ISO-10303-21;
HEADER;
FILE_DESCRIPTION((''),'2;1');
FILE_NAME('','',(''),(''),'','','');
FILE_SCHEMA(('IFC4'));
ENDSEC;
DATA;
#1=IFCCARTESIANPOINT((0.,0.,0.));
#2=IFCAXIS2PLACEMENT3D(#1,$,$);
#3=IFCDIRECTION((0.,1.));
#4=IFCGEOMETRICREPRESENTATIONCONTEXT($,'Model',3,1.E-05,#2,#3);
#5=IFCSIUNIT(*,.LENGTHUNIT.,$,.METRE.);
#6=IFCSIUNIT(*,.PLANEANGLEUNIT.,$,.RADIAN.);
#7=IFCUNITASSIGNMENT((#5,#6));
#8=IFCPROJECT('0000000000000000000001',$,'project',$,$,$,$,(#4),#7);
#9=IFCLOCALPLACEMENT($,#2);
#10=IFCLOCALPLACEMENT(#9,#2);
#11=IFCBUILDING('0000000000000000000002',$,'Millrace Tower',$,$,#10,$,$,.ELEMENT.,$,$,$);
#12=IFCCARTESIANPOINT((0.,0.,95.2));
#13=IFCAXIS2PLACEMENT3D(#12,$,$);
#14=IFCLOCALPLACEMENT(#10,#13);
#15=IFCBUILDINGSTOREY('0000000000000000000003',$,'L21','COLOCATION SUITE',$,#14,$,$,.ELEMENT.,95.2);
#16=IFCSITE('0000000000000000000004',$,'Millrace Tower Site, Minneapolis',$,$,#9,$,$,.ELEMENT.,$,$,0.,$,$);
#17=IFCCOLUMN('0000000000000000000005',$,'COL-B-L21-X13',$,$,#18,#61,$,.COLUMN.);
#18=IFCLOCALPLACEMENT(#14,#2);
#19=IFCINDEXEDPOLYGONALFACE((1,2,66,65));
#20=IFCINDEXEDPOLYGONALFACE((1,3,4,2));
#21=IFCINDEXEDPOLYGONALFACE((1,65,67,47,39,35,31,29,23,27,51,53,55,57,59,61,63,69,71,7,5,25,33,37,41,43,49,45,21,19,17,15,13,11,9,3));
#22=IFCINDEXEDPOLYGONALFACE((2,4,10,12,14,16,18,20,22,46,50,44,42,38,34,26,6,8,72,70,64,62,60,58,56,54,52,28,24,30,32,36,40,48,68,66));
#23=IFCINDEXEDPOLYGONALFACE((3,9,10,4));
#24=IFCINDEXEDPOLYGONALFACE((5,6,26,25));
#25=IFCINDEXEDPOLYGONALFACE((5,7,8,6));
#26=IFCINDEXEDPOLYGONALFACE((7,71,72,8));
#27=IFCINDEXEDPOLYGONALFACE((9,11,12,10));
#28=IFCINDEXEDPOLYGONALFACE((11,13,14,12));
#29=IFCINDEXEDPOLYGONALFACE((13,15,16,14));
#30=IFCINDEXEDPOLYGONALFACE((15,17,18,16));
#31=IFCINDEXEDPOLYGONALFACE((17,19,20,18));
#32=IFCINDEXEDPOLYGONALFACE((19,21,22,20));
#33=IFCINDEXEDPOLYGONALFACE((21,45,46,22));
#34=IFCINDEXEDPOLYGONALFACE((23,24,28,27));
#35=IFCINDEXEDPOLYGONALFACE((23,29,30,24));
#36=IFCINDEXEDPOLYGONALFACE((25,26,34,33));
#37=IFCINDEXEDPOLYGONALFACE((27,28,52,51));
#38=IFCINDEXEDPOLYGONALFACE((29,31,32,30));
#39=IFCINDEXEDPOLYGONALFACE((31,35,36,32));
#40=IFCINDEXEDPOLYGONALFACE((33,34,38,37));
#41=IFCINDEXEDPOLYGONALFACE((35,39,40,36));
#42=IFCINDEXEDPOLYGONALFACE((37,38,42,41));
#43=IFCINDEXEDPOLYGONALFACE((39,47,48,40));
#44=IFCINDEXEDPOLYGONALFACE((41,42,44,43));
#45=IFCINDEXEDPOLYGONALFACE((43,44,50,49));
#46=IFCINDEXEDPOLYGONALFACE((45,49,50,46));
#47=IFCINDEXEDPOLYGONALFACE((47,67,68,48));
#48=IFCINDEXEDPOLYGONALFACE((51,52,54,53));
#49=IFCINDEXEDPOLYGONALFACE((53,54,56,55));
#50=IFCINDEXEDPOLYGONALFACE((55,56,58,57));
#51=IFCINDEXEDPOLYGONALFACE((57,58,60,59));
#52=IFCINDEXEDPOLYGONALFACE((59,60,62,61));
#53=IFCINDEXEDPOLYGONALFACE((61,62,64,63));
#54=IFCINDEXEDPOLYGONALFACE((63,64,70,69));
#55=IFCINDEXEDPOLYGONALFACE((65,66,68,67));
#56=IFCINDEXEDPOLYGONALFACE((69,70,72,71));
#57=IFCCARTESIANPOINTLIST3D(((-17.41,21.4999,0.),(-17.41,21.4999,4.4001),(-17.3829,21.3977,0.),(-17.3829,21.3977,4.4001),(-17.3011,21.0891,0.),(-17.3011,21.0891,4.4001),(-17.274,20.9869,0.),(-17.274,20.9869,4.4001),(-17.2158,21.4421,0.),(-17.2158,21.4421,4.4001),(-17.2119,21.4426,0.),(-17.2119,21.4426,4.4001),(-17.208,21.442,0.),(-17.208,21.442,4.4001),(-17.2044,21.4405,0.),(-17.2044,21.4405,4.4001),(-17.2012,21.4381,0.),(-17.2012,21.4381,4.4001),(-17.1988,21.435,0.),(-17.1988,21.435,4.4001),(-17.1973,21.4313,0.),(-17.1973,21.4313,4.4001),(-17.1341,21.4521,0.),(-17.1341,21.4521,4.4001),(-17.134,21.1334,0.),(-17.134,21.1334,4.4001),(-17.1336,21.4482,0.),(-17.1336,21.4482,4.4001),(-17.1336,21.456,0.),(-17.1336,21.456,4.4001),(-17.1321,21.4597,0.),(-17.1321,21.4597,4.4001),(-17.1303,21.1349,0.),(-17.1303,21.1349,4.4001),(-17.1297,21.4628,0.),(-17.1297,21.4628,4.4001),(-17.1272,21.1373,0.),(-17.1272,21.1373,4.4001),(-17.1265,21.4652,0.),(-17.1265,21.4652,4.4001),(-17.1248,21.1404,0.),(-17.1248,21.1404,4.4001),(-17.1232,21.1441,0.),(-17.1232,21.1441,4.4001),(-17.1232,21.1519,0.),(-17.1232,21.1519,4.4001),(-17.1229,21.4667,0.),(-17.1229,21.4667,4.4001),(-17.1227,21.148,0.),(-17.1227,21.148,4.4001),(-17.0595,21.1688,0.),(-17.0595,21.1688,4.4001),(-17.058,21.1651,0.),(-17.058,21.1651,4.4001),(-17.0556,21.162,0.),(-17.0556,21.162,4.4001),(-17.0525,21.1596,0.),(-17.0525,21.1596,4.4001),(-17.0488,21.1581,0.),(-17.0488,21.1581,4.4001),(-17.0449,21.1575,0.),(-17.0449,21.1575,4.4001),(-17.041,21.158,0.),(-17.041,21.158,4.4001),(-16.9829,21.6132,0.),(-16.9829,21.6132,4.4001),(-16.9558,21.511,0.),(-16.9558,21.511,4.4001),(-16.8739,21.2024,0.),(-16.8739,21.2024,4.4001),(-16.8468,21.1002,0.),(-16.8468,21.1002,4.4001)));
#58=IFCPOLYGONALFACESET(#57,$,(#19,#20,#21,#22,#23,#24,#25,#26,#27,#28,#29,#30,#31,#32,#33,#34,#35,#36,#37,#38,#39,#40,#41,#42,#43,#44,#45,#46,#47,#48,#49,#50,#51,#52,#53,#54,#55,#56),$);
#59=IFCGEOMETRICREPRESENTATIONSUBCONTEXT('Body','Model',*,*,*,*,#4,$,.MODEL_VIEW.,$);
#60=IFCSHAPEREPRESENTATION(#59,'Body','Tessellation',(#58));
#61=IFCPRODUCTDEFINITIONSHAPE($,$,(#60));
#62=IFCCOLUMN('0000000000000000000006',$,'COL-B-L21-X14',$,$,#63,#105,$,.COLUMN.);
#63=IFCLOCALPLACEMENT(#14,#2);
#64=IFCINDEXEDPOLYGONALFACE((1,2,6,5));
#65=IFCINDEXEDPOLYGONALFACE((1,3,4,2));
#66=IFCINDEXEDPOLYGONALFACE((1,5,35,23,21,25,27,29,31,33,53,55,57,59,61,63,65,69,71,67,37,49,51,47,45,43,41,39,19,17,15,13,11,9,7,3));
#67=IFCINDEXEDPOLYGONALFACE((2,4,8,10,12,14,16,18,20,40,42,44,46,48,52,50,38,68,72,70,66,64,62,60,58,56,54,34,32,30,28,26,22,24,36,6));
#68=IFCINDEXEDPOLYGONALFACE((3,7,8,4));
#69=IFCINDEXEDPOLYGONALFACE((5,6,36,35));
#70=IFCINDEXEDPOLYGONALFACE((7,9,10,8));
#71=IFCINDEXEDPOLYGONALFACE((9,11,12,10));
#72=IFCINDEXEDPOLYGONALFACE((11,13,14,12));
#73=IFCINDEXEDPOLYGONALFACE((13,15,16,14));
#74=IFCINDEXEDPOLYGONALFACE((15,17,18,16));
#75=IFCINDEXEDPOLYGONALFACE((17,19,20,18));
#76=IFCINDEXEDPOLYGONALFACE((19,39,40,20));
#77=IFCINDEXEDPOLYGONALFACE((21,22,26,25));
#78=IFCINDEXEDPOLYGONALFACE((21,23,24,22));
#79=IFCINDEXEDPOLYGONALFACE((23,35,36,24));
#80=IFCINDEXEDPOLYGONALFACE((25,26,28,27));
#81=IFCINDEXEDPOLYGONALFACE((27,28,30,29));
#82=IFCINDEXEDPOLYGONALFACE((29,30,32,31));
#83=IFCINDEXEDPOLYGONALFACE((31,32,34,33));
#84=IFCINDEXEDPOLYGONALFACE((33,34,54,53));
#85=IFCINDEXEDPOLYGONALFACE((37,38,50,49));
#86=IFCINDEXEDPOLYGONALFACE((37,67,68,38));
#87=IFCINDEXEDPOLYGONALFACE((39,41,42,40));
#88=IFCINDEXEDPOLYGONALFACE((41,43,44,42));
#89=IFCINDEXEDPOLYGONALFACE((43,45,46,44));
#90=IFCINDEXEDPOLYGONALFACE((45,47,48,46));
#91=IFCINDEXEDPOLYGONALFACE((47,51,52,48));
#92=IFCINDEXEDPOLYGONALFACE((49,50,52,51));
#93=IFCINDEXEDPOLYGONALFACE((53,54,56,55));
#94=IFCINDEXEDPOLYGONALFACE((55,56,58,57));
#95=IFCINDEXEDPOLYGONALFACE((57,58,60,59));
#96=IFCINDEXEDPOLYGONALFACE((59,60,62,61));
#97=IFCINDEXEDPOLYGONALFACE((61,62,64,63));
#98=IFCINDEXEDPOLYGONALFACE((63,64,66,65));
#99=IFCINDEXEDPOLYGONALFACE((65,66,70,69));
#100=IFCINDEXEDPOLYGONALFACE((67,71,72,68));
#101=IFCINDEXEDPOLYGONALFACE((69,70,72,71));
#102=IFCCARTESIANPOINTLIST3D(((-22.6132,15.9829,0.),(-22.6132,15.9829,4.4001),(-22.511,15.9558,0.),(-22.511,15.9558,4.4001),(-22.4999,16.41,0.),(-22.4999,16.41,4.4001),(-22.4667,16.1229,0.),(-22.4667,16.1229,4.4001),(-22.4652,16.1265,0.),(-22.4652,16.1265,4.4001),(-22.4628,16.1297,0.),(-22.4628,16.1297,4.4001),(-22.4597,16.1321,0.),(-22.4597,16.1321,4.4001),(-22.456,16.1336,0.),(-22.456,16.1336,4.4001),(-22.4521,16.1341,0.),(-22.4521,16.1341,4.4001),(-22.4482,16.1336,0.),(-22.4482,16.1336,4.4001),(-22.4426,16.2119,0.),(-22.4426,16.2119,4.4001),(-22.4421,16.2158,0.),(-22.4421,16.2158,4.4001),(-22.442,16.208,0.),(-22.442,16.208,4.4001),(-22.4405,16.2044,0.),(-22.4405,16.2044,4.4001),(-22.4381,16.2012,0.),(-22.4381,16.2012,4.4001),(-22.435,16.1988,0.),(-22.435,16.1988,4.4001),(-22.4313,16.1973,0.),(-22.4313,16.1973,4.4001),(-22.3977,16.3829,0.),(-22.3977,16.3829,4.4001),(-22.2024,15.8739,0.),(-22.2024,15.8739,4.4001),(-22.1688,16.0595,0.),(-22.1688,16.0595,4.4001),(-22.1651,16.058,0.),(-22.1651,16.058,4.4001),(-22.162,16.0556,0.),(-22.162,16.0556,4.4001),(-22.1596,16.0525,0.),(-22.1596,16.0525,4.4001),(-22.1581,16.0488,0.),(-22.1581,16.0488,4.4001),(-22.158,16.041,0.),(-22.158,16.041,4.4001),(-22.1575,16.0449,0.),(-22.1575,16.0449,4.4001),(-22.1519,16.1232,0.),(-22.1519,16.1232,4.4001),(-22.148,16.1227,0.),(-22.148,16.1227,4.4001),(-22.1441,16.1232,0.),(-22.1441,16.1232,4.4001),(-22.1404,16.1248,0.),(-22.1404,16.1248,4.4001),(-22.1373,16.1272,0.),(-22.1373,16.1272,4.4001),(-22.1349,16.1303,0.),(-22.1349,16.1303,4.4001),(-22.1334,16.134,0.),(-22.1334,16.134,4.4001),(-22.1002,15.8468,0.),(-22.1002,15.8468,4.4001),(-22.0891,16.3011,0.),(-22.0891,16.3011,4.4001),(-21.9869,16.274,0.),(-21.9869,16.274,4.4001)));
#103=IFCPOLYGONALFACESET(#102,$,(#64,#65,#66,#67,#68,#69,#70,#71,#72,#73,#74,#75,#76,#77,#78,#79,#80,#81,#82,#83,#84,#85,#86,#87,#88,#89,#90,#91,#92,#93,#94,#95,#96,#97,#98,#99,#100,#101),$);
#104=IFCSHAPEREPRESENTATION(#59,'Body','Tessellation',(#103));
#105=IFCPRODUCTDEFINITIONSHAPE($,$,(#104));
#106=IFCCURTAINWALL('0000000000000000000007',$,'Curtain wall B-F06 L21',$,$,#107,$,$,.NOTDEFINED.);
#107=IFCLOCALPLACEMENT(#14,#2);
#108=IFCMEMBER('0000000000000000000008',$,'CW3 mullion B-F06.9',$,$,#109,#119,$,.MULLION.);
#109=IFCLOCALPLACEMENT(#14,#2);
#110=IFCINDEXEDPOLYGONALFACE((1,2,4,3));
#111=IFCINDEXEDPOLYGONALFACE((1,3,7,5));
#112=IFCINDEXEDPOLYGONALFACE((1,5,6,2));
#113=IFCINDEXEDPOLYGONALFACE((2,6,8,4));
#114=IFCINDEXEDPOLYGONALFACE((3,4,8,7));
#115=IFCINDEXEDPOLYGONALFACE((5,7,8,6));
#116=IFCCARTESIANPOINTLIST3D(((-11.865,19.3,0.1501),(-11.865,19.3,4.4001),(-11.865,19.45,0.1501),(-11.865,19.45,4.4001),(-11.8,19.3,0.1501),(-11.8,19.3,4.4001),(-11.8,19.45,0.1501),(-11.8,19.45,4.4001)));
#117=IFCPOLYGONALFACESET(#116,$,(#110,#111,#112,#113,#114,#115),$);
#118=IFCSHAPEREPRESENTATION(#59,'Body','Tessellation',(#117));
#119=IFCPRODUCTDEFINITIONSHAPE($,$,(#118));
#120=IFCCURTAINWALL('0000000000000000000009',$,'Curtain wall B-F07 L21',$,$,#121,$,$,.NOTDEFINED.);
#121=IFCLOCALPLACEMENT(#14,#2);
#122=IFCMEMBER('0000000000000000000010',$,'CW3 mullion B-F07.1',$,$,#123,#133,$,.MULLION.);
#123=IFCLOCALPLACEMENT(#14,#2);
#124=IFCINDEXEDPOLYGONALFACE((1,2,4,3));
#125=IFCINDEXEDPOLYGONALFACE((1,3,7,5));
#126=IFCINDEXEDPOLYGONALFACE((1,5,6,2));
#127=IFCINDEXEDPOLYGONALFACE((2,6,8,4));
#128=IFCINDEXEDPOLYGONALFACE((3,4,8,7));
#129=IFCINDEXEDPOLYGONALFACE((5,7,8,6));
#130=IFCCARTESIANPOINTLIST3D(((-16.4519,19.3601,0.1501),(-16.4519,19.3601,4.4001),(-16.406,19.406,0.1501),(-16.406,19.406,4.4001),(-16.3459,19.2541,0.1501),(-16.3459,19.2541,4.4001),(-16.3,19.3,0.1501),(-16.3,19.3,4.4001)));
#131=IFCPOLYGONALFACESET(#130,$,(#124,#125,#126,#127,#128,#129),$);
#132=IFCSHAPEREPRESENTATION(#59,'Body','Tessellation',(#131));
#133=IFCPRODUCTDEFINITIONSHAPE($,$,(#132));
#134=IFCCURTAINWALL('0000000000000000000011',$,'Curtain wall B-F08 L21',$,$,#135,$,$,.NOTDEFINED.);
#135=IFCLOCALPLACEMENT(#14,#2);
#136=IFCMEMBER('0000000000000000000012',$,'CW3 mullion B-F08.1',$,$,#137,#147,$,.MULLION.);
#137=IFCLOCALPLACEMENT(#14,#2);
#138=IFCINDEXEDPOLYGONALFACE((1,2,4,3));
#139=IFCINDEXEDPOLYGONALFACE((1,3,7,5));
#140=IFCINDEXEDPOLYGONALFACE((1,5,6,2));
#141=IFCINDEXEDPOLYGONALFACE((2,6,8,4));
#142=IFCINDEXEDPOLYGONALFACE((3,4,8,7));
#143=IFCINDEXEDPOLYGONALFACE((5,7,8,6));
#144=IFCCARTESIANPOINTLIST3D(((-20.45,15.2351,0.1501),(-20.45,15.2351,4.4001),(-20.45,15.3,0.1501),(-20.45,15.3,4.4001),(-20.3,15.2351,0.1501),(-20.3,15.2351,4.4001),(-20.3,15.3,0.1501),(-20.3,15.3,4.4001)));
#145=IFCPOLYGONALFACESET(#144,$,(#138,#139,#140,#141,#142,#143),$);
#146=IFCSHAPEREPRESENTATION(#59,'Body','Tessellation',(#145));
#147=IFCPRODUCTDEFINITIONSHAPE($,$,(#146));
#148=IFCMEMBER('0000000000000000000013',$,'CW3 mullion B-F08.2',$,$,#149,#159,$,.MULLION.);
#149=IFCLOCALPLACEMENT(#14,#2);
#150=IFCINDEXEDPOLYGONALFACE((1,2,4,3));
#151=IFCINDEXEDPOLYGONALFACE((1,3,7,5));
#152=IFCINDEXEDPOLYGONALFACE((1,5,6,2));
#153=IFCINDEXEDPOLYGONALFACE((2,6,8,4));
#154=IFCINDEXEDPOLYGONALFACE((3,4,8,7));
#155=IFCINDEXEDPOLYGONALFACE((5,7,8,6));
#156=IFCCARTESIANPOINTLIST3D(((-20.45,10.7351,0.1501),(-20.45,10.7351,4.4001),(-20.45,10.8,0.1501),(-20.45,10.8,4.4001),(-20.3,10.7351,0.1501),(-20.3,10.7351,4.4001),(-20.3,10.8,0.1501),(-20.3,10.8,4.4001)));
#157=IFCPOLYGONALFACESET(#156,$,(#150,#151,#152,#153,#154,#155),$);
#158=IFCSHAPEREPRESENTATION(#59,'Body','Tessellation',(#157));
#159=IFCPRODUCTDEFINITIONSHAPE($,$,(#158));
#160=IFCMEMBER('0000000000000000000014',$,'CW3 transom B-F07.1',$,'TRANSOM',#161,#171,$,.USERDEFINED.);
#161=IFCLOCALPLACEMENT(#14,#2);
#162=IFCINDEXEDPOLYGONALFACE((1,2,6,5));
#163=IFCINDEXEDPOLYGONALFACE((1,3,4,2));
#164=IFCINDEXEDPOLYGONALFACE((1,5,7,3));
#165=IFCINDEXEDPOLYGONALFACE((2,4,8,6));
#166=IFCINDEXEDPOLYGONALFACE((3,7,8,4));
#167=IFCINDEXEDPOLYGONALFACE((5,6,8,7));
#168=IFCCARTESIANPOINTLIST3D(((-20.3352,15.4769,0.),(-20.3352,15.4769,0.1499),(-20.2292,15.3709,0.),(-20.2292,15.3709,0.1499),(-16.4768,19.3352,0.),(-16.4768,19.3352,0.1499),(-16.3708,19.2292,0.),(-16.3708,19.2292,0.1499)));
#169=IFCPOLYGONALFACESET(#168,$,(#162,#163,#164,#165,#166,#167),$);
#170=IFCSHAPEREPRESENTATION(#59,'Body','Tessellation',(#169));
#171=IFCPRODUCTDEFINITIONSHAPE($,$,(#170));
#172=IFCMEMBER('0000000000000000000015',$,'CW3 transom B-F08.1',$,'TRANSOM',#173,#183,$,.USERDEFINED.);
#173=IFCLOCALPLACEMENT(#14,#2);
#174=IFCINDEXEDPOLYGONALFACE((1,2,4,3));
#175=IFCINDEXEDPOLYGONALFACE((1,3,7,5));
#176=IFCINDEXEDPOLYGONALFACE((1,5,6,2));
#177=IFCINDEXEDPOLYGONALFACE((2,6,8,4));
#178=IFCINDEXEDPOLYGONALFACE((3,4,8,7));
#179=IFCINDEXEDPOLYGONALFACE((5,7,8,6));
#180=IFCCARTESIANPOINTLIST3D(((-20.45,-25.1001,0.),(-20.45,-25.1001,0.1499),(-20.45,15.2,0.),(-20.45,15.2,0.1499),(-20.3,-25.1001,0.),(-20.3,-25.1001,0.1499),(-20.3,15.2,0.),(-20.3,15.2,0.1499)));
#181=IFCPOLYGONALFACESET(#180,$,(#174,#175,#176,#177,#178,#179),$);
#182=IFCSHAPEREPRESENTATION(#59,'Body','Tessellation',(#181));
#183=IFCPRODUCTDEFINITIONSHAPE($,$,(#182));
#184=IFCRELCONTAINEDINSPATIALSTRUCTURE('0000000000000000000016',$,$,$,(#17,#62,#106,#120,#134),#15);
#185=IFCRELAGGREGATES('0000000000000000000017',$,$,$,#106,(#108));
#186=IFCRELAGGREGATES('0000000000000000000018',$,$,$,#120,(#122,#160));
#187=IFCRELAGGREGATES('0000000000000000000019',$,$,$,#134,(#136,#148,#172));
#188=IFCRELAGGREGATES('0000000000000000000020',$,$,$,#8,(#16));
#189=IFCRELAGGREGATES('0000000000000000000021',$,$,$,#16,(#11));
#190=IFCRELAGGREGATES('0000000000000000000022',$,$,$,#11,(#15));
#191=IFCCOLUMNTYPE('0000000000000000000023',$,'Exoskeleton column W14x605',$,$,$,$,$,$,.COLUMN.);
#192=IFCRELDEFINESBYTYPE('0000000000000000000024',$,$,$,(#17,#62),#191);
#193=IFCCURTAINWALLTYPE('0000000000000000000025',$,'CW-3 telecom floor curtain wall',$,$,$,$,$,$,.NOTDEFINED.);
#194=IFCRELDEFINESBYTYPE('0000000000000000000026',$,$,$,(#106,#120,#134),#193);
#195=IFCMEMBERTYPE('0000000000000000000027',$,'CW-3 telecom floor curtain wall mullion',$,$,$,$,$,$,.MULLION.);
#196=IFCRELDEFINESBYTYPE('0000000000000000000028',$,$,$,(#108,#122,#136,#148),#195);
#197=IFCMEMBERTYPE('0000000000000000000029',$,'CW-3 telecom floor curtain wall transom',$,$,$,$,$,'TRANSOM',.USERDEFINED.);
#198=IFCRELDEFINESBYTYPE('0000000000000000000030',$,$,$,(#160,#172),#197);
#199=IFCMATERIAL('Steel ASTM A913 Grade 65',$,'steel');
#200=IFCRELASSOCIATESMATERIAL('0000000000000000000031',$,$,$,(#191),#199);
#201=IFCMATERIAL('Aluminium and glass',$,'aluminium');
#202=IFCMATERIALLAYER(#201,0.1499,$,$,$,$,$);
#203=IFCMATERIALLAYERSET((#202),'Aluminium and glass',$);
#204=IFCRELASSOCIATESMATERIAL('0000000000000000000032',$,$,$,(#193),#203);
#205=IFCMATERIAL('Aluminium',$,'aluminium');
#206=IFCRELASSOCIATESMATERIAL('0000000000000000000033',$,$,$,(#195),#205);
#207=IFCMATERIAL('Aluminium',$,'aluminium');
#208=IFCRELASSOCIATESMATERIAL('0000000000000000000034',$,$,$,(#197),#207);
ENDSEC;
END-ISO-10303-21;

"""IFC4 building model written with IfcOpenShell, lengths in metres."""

from ifc_helpers import new_model, si_unit, direction, frame, origin, origin_2d, place, context, subcontext, project, spatial, rectangle, i_section, extrude, material, layer, layer_set, material_profile, profile_set, type_object, element, aggregate, save


model = new_model("IFC4")

# Units and contexts
model_context = context("Model", 3, precision=1e-05, world=origin(), true_north=direction((0.0, 1.0)))
body_context = subcontext(model_context, "Body", "Model", "MODEL_VIEW")
ifc_project = project(units=[si_unit("LENGTHUNIT", "METRE"), si_unit("PLANEANGLEUNIT", "RADIAN")], contexts=[model_context])

# Site, building, storey
site_placement = place(None, origin())
site = spatial("IfcSite", under=ifc_project, at=site_placement, Name="Millrace Tower Site, Minneapolis", CompositionType="ELEMENT", RefElevation=0.0)
building_placement = place(site_placement, origin())
building = spatial("IfcBuilding", under=site, at=building_placement, Name="Millrace Tower", CompositionType="ELEMENT")
storey_placement = place(building_placement, frame((0.0, 0.0, 95.2)))
storey = spatial("IfcBuildingStorey", under=building, at=storey_placement, Name="L21", Description="COLOCATION SUITE", CompositionType="ELEMENT", Elevation=95.2)

# Columns
ifc_material_1 = material(Name="Steel ASTM A913 Grade 65", Category="steel")
ifc_material_profile_1 = material_profile(ifc_material_1, i_section(OverallWidth=0.4419, OverallDepth=0.5308, WebThickness=0.0659, FlangeThickness=0.1057, FilletRadius=0.0151, at=origin_2d()))
ifc_profile_set_1 = profile_set([ifc_material_profile_1], Name="Steel ASTM A913 Grade 65")
column_type = type_object("IfcColumnType", Name="Exoskeleton column W14x605", PredefinedType="COLUMN", material=ifc_profile_set_1)
for number, where, z_axis, x_axis, name in (
    (1, (-17.1284, 21.3, 0.0), (0.0, 0.0, 1.0), (-0.966585, -0.256347, 0.0), "COL-B-L21-X13"),
    (2, (-22.3, 16.1284, 0.0), (0.0, 0.0, 1.0), (-0.256347, -0.966585, 0.0), "COL-B-L21-X14"),
):
    element("IfcColumn", number, at=place(storey_placement, frame(where, z_axis=z_axis, x_axis=x_axis)), inside=storey, type_object=column_type, Name=name, PredefinedType="COLUMN", context=body_context, shape_type="SweptSolid", body=[
        extrude(i_section(OverallWidth=0.4419, OverallDepth=0.5308, WebThickness=0.0659, FlangeThickness=0.1057, FilletRadius=0.0151, at=origin_2d()), origin(), (0.0, 0.0, 1.0), 4.4001),
    ])

# Curtain walls, members
ifc_material_2 = material(Name="Aluminium and glass", Category="aluminium")
ifc_layer_1 = layer(ifc_material_2, 0.1499)
ifc_layer_set_1 = layer_set([ifc_layer_1], Name="Aluminium and glass")
curtain_wall_type = type_object("IfcCurtainWallType", Name="CW-3 telecom floor curtain wall", PredefinedType="NOTDEFINED", material=ifc_layer_set_1)
placement = place(storey_placement, origin())
curtain_wall_1 = element("IfcCurtainWall", 3, at=placement, inside=storey, type_object=curtain_wall_type, Name="Curtain wall B-F06 L21", PredefinedType="NOTDEFINED")
ifc_material_3 = material(Name="Aluminium", Category="aluminium")
ifc_material_profile_2 = material_profile(ifc_material_3, rectangle(XDim=0.0649, YDim=0.1499, at=origin_2d()))
ifc_profile_set_2 = profile_set([ifc_material_profile_2], Name="Aluminium")
member_type_1 = type_object("IfcMemberType", Name="CW-3 telecom floor curtain wall mullion", PredefinedType="MULLION", material=ifc_profile_set_2)
member_1_placement = place(storey_placement, frame((-11.8325, 19.375, 0.1501), z_axis=(0.0, 0.0, 1.0), x_axis=(-1.0, 0.0, 0.0)))
member_1 = element("IfcMember", 4, at=member_1_placement, type_object=member_type_1, Name="CW3 mullion B-F06.9", PredefinedType="MULLION", context=body_context, shape_type="SweptSolid", body=[
    extrude(rectangle(XDim=0.0649, YDim=0.1499, at=origin_2d()), origin(), (0.0, 0.0, 1.0), 4.25),
])
aggregate(curtain_wall_1, [member_1])
curtain_wall_2 = element("IfcCurtainWall", 5, at=placement, inside=storey, type_object=curtain_wall_type, Name="Curtain wall B-F07 L21", PredefinedType="NOTDEFINED")
member_2_placement = place(storey_placement, frame((-16.376, 19.3301, 0.1501), z_axis=(0.0, 0.0, 1.0), x_axis=(-0.707107, -0.707107, 0.0)))
member_2 = element("IfcMember", 6, at=member_2_placement, type_object=member_type_1, Name="CW3 mullion B-F07.1", PredefinedType="MULLION", context=body_context, shape_type="SweptSolid", body=[
    extrude(rectangle(XDim=0.0649, YDim=0.1499, at=origin_2d()), origin(), (0.0, 0.0, 1.0), 4.25),
])

# Curtain wall, members
curtain_wall_3 = element("IfcCurtainWall", 7, at=placement, inside=storey, type_object=curtain_wall_type, Name="Curtain wall B-F08 L21", PredefinedType="NOTDEFINED")
member_3_placement = place(storey_placement, frame((-20.375, 15.2676, 0.1501), z_axis=(0.0, 0.0, 1.0), x_axis=(0.0, -1.0, 0.0)))
member_3 = element("IfcMember", 8, at=member_3_placement, type_object=member_type_1, Name="CW3 mullion B-F08.1", PredefinedType="MULLION", context=body_context, shape_type="SweptSolid", body=[
    extrude(rectangle(XDim=0.0649, YDim=0.1499, at=origin_2d()), origin(), (0.0, 0.0, 1.0), 4.25),
])
member_4_placement = place(storey_placement, frame((-20.375, 10.7676, 0.1501), z_axis=(0.0, 0.0, 1.0), x_axis=(0.0, -1.0, 0.0)))
member_4 = element("IfcMember", 9, at=member_4_placement, type_object=member_type_1, Name="CW3 mullion B-F08.2", PredefinedType="MULLION", context=body_context, shape_type="SweptSolid", body=[
    extrude(rectangle(XDim=0.0649, YDim=0.1499, at=origin_2d()), origin(), (0.0, 0.0, 1.0), 4.25),
])

# Members
ifc_material_4 = material(Name="Aluminium", Category="aluminium")
ifc_material_profile_3 = material_profile(ifc_material_4, rectangle(XDim=0.1499, YDim=0.1499, at=origin_2d()))
ifc_profile_set_3 = profile_set([ifc_material_profile_3], Name="Aluminium")
member_type_2 = type_object("IfcMemberType", Name="CW-3 telecom floor curtain wall transom", ElementType="TRANSOM", PredefinedType="USERDEFINED", material=ifc_profile_set_3)
member_5_placement = place(storey_placement, frame((-16.4238, 19.2822, 0.075), z_axis=(-0.707107, -0.707107, 0.0), x_axis=(0.707107, -0.707107, 0.0)))
member_5 = element("IfcMember", 10, at=member_5_placement, type_object=member_type_2, Name="CW3 transom B-F07.1", ObjectType="TRANSOM", PredefinedType="USERDEFINED", context=body_context, shape_type="SweptSolid", body=[
    extrude(rectangle(XDim=0.1499, YDim=0.1499, at=origin_2d()), origin(), (0.0, 0.0, 1.0), 5.4565),
])
aggregate(curtain_wall_2, [member_2, member_5])
member_6_placement = place(storey_placement, frame((-20.375, 15.2, 0.075), z_axis=(0.0, -1.0, 0.0), x_axis=(1.0, 0.0, 0.0)))
member_6 = element("IfcMember", 11, at=member_6_placement, type_object=member_type_2, Name="CW3 transom B-F08.1", ObjectType="TRANSOM", PredefinedType="USERDEFINED", context=body_context, shape_type="SweptSolid", body=[
    extrude(rectangle(XDim=0.1499, YDim=0.1499, at=origin_2d()), origin(), (0.0, 0.0, 1.0), 40.3),
])
aggregate(curtain_wall_3, [member_3, member_4, member_6])

save(model, "model.ifc")
